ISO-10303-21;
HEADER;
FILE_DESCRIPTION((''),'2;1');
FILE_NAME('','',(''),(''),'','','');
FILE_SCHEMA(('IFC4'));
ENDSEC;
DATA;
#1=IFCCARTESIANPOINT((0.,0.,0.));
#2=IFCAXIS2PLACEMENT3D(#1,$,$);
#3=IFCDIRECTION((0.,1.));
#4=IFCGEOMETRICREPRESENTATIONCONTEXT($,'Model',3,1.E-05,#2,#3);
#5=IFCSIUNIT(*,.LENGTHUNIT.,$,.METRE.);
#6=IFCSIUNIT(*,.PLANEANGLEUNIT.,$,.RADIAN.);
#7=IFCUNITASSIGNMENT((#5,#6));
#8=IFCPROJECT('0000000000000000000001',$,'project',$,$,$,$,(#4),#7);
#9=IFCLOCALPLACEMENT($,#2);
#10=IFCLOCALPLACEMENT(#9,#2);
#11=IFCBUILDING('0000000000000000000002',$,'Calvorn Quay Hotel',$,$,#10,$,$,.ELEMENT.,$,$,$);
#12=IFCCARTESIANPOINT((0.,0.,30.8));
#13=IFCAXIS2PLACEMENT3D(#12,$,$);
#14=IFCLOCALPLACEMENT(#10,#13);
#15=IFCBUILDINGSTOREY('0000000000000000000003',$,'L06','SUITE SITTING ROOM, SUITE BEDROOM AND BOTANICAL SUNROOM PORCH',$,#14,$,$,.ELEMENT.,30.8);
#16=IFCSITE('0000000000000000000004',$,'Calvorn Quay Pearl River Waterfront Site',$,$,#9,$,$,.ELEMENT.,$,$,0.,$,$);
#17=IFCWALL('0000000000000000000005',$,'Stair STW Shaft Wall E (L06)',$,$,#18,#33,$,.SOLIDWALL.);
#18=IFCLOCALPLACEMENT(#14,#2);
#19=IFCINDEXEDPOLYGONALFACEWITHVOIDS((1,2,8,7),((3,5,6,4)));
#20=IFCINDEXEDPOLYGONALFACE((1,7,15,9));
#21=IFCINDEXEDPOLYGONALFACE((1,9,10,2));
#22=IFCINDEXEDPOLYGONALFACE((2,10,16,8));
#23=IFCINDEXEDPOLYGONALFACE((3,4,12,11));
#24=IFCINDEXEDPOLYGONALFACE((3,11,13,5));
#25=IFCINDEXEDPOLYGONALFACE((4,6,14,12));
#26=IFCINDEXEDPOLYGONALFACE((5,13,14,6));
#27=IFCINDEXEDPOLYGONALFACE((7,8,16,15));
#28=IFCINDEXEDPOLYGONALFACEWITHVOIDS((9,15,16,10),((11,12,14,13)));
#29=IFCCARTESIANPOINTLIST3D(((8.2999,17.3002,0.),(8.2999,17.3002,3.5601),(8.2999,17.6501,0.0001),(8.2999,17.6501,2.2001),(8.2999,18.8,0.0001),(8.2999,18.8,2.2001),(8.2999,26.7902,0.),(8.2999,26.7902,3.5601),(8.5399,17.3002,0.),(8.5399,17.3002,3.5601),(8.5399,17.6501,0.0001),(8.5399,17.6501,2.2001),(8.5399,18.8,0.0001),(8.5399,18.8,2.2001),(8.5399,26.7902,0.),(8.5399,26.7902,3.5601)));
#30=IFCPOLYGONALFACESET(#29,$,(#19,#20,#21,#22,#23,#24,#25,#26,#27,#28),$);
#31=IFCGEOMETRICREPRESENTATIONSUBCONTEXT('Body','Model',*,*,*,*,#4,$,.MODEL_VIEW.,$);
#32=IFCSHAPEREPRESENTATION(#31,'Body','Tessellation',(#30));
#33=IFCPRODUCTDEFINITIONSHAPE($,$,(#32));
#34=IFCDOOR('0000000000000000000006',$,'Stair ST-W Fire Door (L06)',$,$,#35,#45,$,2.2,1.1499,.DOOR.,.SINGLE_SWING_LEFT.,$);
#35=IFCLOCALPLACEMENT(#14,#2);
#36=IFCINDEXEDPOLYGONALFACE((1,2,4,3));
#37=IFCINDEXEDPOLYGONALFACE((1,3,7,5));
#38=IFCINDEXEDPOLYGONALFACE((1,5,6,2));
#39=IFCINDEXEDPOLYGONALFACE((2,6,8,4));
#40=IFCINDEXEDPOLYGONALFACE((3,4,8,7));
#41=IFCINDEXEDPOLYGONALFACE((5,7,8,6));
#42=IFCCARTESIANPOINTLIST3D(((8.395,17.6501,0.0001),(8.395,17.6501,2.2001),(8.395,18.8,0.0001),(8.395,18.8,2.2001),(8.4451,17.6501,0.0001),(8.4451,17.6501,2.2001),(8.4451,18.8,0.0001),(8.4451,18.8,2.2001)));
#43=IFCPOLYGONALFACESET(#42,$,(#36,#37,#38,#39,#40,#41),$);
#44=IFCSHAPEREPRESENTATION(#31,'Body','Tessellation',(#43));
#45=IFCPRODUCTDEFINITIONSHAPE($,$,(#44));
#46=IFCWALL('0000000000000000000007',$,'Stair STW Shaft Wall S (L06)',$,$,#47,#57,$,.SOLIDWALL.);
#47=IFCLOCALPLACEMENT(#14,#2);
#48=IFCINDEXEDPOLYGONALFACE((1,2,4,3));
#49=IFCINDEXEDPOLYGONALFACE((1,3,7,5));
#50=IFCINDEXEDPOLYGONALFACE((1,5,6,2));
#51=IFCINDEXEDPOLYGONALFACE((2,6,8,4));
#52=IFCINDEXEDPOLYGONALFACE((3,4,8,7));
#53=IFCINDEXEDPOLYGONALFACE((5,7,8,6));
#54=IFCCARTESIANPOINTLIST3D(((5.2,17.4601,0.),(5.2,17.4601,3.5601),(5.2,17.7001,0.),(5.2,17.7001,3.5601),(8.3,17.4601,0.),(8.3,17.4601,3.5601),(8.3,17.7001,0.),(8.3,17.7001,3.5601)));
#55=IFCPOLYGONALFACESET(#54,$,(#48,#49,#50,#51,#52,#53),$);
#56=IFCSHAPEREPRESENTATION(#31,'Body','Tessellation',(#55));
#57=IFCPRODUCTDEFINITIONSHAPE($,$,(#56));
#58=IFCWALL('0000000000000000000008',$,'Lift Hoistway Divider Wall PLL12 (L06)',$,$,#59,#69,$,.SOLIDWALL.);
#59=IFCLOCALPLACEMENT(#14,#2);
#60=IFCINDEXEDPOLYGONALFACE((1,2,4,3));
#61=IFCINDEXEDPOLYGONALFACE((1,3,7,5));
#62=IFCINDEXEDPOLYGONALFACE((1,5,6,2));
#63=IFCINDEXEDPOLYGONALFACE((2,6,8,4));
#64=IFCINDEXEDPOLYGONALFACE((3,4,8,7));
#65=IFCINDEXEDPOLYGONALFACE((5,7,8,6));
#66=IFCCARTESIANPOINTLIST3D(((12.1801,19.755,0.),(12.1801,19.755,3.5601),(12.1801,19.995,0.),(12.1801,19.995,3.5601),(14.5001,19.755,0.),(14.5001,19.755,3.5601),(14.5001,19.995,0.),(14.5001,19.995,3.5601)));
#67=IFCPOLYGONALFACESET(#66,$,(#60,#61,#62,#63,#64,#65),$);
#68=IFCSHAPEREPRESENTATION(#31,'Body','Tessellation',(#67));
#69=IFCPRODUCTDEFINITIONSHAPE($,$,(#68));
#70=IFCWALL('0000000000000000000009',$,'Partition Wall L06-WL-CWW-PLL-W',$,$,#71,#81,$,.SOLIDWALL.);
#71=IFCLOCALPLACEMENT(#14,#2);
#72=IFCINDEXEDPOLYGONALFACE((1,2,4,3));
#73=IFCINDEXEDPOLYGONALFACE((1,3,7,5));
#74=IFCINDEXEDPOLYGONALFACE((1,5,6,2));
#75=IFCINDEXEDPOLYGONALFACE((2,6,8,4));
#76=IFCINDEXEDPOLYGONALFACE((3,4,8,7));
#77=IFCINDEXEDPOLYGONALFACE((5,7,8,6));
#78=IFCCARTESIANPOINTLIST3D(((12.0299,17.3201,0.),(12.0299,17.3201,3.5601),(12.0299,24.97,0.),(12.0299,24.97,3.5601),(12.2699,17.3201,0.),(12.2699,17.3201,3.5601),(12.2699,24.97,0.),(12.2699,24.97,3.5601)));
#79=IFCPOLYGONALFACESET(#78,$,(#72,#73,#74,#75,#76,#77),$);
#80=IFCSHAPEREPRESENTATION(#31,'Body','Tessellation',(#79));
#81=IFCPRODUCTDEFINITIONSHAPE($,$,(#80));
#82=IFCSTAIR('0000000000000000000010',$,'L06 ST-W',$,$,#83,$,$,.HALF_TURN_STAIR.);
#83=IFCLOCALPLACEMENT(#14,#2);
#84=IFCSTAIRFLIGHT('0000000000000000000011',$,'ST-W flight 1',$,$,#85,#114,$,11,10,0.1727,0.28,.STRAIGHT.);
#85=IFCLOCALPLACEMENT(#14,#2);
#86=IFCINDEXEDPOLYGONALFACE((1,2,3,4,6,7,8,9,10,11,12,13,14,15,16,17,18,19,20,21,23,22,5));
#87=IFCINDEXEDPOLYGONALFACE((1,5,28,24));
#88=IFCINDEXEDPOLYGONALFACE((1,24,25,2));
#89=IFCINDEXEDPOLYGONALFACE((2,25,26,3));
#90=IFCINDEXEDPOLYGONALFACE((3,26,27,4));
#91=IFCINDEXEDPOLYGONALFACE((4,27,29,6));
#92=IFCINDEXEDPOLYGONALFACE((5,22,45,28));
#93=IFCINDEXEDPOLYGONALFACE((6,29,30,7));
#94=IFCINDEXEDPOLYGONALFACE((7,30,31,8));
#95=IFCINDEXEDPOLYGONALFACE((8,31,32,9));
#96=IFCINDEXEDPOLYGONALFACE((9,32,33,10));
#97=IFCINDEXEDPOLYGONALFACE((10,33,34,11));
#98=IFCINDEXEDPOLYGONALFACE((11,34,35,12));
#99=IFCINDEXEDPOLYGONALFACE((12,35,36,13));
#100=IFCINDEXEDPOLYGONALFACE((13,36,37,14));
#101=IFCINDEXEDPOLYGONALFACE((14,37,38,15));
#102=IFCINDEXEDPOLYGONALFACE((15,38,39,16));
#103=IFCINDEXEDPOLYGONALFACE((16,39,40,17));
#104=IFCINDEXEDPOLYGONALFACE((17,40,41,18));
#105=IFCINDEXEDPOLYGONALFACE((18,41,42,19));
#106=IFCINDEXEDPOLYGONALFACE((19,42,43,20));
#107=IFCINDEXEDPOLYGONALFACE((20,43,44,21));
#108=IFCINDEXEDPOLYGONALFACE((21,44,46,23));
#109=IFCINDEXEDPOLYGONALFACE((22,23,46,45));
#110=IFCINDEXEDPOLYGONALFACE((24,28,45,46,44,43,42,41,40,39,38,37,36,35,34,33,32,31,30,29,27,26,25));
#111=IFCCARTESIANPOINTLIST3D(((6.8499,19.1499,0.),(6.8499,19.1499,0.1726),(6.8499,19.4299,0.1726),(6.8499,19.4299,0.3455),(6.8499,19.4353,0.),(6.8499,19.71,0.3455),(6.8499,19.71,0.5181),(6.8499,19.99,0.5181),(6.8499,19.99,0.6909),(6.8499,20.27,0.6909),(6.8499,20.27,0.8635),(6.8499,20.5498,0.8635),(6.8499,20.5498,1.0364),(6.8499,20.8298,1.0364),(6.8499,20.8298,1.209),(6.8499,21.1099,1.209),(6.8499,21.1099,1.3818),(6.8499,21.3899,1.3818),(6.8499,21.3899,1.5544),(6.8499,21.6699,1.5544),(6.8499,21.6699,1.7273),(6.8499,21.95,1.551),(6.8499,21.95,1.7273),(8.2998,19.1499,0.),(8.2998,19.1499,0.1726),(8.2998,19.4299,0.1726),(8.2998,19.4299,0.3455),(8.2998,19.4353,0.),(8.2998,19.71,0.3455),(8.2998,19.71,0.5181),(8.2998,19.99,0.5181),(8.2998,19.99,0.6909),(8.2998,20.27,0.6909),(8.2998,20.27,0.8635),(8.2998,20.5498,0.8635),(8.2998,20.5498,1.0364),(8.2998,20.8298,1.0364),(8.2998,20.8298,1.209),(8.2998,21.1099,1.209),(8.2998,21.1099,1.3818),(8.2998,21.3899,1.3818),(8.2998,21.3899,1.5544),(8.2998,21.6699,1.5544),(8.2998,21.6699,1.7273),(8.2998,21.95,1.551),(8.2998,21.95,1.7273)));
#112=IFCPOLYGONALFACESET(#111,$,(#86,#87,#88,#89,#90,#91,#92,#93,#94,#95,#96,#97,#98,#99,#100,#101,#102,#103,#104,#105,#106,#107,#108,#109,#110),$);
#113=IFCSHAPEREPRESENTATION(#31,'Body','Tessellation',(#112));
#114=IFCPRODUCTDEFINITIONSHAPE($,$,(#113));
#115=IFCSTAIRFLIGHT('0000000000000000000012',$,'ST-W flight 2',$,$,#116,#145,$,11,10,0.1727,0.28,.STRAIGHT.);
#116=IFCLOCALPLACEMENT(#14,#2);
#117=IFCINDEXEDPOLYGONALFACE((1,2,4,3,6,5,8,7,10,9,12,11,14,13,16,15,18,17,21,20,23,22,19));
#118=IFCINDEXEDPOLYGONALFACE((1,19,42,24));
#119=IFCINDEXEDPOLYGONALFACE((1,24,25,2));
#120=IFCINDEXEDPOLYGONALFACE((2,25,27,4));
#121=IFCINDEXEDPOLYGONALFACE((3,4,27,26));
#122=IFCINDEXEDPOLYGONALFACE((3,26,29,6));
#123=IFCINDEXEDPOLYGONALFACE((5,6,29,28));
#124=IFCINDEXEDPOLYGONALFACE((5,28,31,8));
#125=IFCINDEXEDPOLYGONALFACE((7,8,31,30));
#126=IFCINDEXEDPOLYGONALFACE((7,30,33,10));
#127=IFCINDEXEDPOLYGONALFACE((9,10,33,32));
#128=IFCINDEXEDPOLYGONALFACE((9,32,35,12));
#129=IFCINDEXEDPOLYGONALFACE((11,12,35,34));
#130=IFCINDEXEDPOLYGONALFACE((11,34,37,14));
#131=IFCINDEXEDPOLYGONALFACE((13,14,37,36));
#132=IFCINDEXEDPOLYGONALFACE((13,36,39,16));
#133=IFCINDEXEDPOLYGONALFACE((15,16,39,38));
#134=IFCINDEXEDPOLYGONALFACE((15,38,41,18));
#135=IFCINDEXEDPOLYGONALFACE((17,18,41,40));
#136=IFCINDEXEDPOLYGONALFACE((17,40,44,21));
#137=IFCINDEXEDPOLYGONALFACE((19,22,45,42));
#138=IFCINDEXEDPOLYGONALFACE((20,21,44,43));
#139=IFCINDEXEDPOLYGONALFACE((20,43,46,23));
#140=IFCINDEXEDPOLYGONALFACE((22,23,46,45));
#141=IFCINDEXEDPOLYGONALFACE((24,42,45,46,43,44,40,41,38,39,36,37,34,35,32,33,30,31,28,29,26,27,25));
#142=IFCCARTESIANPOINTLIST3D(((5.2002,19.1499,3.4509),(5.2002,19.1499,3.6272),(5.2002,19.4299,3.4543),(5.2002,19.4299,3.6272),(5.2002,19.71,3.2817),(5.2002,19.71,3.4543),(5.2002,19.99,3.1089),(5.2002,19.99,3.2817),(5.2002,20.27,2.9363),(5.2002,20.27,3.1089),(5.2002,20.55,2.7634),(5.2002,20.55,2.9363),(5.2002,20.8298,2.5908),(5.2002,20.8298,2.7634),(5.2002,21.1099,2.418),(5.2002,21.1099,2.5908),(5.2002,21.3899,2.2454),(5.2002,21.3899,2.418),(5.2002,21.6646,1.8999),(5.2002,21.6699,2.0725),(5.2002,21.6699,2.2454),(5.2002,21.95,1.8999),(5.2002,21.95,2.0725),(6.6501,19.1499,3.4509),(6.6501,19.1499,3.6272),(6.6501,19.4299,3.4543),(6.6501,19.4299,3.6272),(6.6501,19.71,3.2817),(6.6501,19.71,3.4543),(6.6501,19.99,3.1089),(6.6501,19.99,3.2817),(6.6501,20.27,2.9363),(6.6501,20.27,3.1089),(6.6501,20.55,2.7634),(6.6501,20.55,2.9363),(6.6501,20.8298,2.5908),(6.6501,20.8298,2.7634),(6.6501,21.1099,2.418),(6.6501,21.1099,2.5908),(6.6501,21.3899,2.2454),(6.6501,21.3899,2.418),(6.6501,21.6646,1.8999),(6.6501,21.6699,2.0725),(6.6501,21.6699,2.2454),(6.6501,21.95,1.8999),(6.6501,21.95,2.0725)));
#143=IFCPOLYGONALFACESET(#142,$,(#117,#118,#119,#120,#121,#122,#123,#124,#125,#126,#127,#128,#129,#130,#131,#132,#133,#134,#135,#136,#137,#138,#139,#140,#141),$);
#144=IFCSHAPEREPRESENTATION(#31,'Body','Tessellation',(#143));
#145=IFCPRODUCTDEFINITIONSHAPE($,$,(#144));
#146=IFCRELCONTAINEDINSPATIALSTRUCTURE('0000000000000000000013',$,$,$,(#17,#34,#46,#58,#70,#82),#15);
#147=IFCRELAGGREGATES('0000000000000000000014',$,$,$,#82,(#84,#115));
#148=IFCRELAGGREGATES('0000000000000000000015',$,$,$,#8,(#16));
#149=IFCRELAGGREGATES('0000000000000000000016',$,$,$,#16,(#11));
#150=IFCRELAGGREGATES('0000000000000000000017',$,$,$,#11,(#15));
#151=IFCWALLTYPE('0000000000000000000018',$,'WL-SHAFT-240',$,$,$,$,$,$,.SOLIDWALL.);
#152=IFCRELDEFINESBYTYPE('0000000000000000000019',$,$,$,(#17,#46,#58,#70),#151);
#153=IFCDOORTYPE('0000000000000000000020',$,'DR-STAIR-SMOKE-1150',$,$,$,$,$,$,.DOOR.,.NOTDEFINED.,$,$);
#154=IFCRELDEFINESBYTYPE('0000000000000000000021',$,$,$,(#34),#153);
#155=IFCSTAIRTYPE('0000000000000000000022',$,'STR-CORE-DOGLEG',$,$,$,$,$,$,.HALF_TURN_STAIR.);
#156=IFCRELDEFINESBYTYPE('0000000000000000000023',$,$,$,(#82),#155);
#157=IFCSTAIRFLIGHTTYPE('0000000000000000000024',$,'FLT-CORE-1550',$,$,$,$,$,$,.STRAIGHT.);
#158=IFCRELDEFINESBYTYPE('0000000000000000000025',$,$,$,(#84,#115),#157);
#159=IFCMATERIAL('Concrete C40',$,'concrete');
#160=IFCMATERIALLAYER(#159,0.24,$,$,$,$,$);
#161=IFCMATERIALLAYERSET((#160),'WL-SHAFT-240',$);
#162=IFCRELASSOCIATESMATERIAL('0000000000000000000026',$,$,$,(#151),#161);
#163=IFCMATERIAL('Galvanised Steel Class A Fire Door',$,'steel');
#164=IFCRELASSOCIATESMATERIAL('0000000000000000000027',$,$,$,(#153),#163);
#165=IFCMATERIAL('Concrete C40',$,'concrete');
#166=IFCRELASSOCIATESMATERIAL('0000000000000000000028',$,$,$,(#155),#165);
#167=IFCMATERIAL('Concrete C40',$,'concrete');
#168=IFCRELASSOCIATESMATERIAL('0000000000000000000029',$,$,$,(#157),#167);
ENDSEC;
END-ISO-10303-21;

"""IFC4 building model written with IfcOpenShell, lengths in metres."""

from ifc_helpers import new_model, si_unit, direction, frame, frame_2d, origin, place, context, subcontext, project, spatial, polyline, rectangle, outline, extrude, material, layer, layer_set, type_object, element, fill, aggregate, save


model = new_model("IFC4")

# Units and contexts
model_context = context("Model", 3, precision=1e-05, world=origin(), true_north=direction((0.0, 1.0)))
body_context = subcontext(model_context, "Body", "Model", "MODEL_VIEW")
ifc_project = project(units=[si_unit("LENGTHUNIT", "METRE"), si_unit("PLANEANGLEUNIT", "RADIAN")], contexts=[model_context])

# Site, building, storey
site_placement = place(None, origin())
site = spatial("IfcSite", under=ifc_project, at=site_placement, Name="Calvorn Quay Pearl River Waterfront Site", CompositionType="ELEMENT", RefElevation=0.0)
building_placement = place(site_placement, origin())
building = spatial("IfcBuilding", under=site, at=building_placement, Name="Calvorn Quay Hotel", CompositionType="ELEMENT")
storey_placement = place(building_placement, frame((0.0, 0.0, 30.8)))
storey = spatial("IfcBuildingStorey", under=building, at=storey_placement, Name="L06", Description="SUITE SITTING ROOM, SUITE BEDROOM AND BOTANICAL SUNROOM PORCH", CompositionType="ELEMENT", Elevation=30.8)

# Wall, opening, door
ifc_material_1 = material(Name="Concrete C40", Category="concrete")
ifc_layer_1 = layer(ifc_material_1, 0.24)
ifc_layer_set_1 = layer_set([ifc_layer_1], Name="WL-SHAFT-240")
wall_type_1 = type_object("IfcWallType", Name="WL-SHAFT-240", PredefinedType="SOLIDWALL", material=ifc_layer_set_1)
wall_1_placement = place(storey_placement, frame((8.4199, 17.3, 0.0), z_axis=(0.0, 0.0, 1.0), x_axis=(0.0, 1.0, 0.0)))
wall_1 = element("IfcWall", 1, at=wall_1_placement, inside=storey, type_object=wall_type_1, Name="Stair STW Shaft Wall E (L06)", PredefinedType="SOLIDWALL", context=body_context, shape_type="SweptSolid", body=[
    extrude(rectangle(XDim=9.49, YDim=0.24, at=frame_2d((4.7451, 0.0))), origin(), (0.0, 0.0, 1.0), 3.5601),
])
opening_1_placement = place(wall_1_placement, frame((0.3501, 0.0, 0.0)))
opening_1 = element("IfcOpeningElement", 2, at=opening_1_placement, cuts=wall_1, PredefinedType="OPENING", context=body_context, shape_type="SweptSolid", body=[
    extrude(rectangle(XDim=1.1499, YDim=2.2, at=frame_2d((0.575, 1.1001))), frame((0.0, 0.1299, 0.0), z_axis=(0.0, -1.0, 0.0), x_axis=(1.0, 0.0, 0.0)), (0.0, 0.0, 1.0), 0.26),
])
ifc_material_2 = material(Name="Galvanised Steel Class A Fire Door", Category="steel")
door_type_1 = type_object("IfcDoorType", Name="DR-STAIR-SMOKE-1150", OperationType="NOTDEFINED", PredefinedType="DOOR", material=ifc_material_2)
door_1_placement = place(opening_1_placement, origin())
door_1 = element("IfcDoor", 3, at=door_1_placement, inside=storey, type_object=door_type_1, Name="Stair ST-W Fire Door (L06)", OperationType="SINGLE_SWING_LEFT", OverallHeight=2.2, OverallWidth=1.1499, PredefinedType="DOOR", context=body_context, shape_type="SweptSolid", body=[
    extrude(rectangle(XDim=1.1499, YDim=2.2, at=frame_2d((0.575, 1.1001))), frame((0.0, 0.0249, 0.0), z_axis=(0.0, -1.0, 0.0), x_axis=(1.0, 0.0, 0.0)), (0.0, 0.0, 1.0), 0.05),
])
fill(opening_1, door_1)

# Walls
wall_2_placement = place(storey_placement, frame((5.2, 17.5801, 0.0), z_axis=(0.0, 0.0, 1.0), x_axis=(1.0, 0.0, 0.0)))
element("IfcWall", 4, at=wall_2_placement, inside=storey, type_object=wall_type_1, Name="Stair STW Shaft Wall S (L06)", PredefinedType="SOLIDWALL", context=body_context, shape_type="SweptSolid", body=[
    extrude(rectangle(XDim=3.1001, YDim=0.24, at=frame_2d((1.55, 0.0))), origin(), (0.0, 0.0, 1.0), 3.5601),
])
wall_3_placement = place(storey_placement, frame((12.1799, 19.875, 0.0), z_axis=(0.0, 0.0, 1.0), x_axis=(1.0, 0.0, 0.0)))
element("IfcWall", 5, at=wall_3_placement, inside=storey, type_object=wall_type_1, Name="Lift Hoistway Divider Wall PLL12 (L06)", PredefinedType="SOLIDWALL", context=body_context, shape_type="SweptSolid", body=[
    extrude(rectangle(XDim=2.3201, YDim=0.24, at=frame_2d((1.1602, 0.0))), origin(), (0.0, 0.0, 1.0), 3.5601),
])
wall_4_placement = place(storey_placement, frame((12.1499, 17.3201, 0.0), z_axis=(0.0, 0.0, 1.0), x_axis=(0.0, 1.0, 0.0)))
element("IfcWall", 6, at=wall_4_placement, inside=storey, type_object=wall_type_1, Name="Partition Wall L06-WL-CWW-PLL-W", PredefinedType="SOLIDWALL", context=body_context, shape_type="SweptSolid", body=[
    extrude(rectangle(XDim=7.6499, YDim=0.24, at=frame_2d((3.825, 0.0))), origin(), (0.0, 0.0, 1.0), 3.5601),
])

# Stair, stair flights
ifc_material_3 = material(Name="Concrete C40", Category="concrete")
stair_type = type_object("IfcStairType", Name="STR-CORE-DOGLEG", PredefinedType="HALF_TURN_STAIR", material=ifc_material_3)
stair_placement = place(storey_placement, origin())
stair = element("IfcStair", 7, at=stair_placement, inside=storey, type_object=stair_type, Name="L06 ST-W", PredefinedType="HALF_TURN_STAIR")
ifc_material_4 = material(Name="Concrete C40", Category="concrete")
stair_flight_type = type_object("IfcStairFlightType", Name="FLT-CORE-1550", PredefinedType="STRAIGHT", material=ifc_material_4)
stair_flight_1_placement = place(storey_placement, frame((7.575, 19.1499, 0.0), z_axis=(0.0, 0.0, 1.0), x_axis=(0.0, 1.0, 0.0)))
stair_flight_1 = element("IfcStairFlight", 8, at=stair_flight_1_placement, type_object=stair_flight_type, Name="ST-W flight 1", NumberOfRisers=11, NumberOfTreads=10, PredefinedType="STRAIGHT", RiserHeight=0.1727, TreadLength=0.28, context=body_context, shape_type="SweptSolid", body=[
    extrude(outline(polyline([(0.0, 0.0), (0.0, 0.1726), (0.28, 0.1726), (0.28, 0.3455), (0.5601, 0.3455), (0.5601, 0.5181), (0.8401, 0.5181), (0.8401, 0.6909), (1.1201, 0.6909), (1.1201, 0.8635), (1.3999, 0.8635), (1.3999, 1.0364), (1.6799, 1.0364), (1.6799, 1.209), (1.96, 1.209), (1.96, 1.3818), (2.24, 1.3818), (2.24, 1.5544), (2.52, 1.5544), (2.52, 1.7273), (2.8, 1.7273), (2.8, 1.8999), (2.8, 1.551), (0.2854, 0.0), (0.0, 0.0)])), frame((0.0, 0.7251, 0.0), z_axis=(0.0, -1.0, 0.0), x_axis=(1.0, 0.0, 0.0)), (0.0, 0.0, 1.0), 1.45),
])
stair_flight_2_placement = place(storey_placement, frame((5.925, 21.95, 1.8999), z_axis=(0.0, 0.0, 1.0), x_axis=(0.0, -1.0, 0.0)))
stair_flight_2 = element("IfcStairFlight", 9, at=stair_flight_2_placement, type_object=stair_flight_type, Name="ST-W flight 2", NumberOfRisers=11, NumberOfTreads=10, PredefinedType="STRAIGHT", RiserHeight=0.1727, TreadLength=0.28, context=body_context, shape_type="SweptSolid", body=[
    extrude(outline(polyline([(0.0, 0.0), (0.0, 0.1726), (0.28, 0.1726), (0.28, 0.3455), (0.5601, 0.3455), (0.5601, 0.5181), (0.8401, 0.5181), (0.8401, 0.6909), (1.1201, 0.6909), (1.1201, 0.8635), (1.3999, 0.8635), (1.3999, 1.0364), (1.6799, 1.0364), (1.6799, 1.209), (1.96, 1.209), (1.96, 1.3818), (2.24, 1.3818), (2.24, 1.5544), (2.52, 1.5544), (2.52, 1.7273), (2.8, 1.7273), (2.8, 1.8999), (2.8, 1.551), (0.2854, 0.0), (0.0, 0.0)])), frame((0.0, 0.7251, 0.0), z_axis=(0.0, -1.0, 0.0), x_axis=(1.0, 0.0, 0.0)), (0.0, 0.0, 1.0), 1.45),
])
aggregate(stair, [stair_flight_1, stair_flight_2])

save(model, "model.ifc")
